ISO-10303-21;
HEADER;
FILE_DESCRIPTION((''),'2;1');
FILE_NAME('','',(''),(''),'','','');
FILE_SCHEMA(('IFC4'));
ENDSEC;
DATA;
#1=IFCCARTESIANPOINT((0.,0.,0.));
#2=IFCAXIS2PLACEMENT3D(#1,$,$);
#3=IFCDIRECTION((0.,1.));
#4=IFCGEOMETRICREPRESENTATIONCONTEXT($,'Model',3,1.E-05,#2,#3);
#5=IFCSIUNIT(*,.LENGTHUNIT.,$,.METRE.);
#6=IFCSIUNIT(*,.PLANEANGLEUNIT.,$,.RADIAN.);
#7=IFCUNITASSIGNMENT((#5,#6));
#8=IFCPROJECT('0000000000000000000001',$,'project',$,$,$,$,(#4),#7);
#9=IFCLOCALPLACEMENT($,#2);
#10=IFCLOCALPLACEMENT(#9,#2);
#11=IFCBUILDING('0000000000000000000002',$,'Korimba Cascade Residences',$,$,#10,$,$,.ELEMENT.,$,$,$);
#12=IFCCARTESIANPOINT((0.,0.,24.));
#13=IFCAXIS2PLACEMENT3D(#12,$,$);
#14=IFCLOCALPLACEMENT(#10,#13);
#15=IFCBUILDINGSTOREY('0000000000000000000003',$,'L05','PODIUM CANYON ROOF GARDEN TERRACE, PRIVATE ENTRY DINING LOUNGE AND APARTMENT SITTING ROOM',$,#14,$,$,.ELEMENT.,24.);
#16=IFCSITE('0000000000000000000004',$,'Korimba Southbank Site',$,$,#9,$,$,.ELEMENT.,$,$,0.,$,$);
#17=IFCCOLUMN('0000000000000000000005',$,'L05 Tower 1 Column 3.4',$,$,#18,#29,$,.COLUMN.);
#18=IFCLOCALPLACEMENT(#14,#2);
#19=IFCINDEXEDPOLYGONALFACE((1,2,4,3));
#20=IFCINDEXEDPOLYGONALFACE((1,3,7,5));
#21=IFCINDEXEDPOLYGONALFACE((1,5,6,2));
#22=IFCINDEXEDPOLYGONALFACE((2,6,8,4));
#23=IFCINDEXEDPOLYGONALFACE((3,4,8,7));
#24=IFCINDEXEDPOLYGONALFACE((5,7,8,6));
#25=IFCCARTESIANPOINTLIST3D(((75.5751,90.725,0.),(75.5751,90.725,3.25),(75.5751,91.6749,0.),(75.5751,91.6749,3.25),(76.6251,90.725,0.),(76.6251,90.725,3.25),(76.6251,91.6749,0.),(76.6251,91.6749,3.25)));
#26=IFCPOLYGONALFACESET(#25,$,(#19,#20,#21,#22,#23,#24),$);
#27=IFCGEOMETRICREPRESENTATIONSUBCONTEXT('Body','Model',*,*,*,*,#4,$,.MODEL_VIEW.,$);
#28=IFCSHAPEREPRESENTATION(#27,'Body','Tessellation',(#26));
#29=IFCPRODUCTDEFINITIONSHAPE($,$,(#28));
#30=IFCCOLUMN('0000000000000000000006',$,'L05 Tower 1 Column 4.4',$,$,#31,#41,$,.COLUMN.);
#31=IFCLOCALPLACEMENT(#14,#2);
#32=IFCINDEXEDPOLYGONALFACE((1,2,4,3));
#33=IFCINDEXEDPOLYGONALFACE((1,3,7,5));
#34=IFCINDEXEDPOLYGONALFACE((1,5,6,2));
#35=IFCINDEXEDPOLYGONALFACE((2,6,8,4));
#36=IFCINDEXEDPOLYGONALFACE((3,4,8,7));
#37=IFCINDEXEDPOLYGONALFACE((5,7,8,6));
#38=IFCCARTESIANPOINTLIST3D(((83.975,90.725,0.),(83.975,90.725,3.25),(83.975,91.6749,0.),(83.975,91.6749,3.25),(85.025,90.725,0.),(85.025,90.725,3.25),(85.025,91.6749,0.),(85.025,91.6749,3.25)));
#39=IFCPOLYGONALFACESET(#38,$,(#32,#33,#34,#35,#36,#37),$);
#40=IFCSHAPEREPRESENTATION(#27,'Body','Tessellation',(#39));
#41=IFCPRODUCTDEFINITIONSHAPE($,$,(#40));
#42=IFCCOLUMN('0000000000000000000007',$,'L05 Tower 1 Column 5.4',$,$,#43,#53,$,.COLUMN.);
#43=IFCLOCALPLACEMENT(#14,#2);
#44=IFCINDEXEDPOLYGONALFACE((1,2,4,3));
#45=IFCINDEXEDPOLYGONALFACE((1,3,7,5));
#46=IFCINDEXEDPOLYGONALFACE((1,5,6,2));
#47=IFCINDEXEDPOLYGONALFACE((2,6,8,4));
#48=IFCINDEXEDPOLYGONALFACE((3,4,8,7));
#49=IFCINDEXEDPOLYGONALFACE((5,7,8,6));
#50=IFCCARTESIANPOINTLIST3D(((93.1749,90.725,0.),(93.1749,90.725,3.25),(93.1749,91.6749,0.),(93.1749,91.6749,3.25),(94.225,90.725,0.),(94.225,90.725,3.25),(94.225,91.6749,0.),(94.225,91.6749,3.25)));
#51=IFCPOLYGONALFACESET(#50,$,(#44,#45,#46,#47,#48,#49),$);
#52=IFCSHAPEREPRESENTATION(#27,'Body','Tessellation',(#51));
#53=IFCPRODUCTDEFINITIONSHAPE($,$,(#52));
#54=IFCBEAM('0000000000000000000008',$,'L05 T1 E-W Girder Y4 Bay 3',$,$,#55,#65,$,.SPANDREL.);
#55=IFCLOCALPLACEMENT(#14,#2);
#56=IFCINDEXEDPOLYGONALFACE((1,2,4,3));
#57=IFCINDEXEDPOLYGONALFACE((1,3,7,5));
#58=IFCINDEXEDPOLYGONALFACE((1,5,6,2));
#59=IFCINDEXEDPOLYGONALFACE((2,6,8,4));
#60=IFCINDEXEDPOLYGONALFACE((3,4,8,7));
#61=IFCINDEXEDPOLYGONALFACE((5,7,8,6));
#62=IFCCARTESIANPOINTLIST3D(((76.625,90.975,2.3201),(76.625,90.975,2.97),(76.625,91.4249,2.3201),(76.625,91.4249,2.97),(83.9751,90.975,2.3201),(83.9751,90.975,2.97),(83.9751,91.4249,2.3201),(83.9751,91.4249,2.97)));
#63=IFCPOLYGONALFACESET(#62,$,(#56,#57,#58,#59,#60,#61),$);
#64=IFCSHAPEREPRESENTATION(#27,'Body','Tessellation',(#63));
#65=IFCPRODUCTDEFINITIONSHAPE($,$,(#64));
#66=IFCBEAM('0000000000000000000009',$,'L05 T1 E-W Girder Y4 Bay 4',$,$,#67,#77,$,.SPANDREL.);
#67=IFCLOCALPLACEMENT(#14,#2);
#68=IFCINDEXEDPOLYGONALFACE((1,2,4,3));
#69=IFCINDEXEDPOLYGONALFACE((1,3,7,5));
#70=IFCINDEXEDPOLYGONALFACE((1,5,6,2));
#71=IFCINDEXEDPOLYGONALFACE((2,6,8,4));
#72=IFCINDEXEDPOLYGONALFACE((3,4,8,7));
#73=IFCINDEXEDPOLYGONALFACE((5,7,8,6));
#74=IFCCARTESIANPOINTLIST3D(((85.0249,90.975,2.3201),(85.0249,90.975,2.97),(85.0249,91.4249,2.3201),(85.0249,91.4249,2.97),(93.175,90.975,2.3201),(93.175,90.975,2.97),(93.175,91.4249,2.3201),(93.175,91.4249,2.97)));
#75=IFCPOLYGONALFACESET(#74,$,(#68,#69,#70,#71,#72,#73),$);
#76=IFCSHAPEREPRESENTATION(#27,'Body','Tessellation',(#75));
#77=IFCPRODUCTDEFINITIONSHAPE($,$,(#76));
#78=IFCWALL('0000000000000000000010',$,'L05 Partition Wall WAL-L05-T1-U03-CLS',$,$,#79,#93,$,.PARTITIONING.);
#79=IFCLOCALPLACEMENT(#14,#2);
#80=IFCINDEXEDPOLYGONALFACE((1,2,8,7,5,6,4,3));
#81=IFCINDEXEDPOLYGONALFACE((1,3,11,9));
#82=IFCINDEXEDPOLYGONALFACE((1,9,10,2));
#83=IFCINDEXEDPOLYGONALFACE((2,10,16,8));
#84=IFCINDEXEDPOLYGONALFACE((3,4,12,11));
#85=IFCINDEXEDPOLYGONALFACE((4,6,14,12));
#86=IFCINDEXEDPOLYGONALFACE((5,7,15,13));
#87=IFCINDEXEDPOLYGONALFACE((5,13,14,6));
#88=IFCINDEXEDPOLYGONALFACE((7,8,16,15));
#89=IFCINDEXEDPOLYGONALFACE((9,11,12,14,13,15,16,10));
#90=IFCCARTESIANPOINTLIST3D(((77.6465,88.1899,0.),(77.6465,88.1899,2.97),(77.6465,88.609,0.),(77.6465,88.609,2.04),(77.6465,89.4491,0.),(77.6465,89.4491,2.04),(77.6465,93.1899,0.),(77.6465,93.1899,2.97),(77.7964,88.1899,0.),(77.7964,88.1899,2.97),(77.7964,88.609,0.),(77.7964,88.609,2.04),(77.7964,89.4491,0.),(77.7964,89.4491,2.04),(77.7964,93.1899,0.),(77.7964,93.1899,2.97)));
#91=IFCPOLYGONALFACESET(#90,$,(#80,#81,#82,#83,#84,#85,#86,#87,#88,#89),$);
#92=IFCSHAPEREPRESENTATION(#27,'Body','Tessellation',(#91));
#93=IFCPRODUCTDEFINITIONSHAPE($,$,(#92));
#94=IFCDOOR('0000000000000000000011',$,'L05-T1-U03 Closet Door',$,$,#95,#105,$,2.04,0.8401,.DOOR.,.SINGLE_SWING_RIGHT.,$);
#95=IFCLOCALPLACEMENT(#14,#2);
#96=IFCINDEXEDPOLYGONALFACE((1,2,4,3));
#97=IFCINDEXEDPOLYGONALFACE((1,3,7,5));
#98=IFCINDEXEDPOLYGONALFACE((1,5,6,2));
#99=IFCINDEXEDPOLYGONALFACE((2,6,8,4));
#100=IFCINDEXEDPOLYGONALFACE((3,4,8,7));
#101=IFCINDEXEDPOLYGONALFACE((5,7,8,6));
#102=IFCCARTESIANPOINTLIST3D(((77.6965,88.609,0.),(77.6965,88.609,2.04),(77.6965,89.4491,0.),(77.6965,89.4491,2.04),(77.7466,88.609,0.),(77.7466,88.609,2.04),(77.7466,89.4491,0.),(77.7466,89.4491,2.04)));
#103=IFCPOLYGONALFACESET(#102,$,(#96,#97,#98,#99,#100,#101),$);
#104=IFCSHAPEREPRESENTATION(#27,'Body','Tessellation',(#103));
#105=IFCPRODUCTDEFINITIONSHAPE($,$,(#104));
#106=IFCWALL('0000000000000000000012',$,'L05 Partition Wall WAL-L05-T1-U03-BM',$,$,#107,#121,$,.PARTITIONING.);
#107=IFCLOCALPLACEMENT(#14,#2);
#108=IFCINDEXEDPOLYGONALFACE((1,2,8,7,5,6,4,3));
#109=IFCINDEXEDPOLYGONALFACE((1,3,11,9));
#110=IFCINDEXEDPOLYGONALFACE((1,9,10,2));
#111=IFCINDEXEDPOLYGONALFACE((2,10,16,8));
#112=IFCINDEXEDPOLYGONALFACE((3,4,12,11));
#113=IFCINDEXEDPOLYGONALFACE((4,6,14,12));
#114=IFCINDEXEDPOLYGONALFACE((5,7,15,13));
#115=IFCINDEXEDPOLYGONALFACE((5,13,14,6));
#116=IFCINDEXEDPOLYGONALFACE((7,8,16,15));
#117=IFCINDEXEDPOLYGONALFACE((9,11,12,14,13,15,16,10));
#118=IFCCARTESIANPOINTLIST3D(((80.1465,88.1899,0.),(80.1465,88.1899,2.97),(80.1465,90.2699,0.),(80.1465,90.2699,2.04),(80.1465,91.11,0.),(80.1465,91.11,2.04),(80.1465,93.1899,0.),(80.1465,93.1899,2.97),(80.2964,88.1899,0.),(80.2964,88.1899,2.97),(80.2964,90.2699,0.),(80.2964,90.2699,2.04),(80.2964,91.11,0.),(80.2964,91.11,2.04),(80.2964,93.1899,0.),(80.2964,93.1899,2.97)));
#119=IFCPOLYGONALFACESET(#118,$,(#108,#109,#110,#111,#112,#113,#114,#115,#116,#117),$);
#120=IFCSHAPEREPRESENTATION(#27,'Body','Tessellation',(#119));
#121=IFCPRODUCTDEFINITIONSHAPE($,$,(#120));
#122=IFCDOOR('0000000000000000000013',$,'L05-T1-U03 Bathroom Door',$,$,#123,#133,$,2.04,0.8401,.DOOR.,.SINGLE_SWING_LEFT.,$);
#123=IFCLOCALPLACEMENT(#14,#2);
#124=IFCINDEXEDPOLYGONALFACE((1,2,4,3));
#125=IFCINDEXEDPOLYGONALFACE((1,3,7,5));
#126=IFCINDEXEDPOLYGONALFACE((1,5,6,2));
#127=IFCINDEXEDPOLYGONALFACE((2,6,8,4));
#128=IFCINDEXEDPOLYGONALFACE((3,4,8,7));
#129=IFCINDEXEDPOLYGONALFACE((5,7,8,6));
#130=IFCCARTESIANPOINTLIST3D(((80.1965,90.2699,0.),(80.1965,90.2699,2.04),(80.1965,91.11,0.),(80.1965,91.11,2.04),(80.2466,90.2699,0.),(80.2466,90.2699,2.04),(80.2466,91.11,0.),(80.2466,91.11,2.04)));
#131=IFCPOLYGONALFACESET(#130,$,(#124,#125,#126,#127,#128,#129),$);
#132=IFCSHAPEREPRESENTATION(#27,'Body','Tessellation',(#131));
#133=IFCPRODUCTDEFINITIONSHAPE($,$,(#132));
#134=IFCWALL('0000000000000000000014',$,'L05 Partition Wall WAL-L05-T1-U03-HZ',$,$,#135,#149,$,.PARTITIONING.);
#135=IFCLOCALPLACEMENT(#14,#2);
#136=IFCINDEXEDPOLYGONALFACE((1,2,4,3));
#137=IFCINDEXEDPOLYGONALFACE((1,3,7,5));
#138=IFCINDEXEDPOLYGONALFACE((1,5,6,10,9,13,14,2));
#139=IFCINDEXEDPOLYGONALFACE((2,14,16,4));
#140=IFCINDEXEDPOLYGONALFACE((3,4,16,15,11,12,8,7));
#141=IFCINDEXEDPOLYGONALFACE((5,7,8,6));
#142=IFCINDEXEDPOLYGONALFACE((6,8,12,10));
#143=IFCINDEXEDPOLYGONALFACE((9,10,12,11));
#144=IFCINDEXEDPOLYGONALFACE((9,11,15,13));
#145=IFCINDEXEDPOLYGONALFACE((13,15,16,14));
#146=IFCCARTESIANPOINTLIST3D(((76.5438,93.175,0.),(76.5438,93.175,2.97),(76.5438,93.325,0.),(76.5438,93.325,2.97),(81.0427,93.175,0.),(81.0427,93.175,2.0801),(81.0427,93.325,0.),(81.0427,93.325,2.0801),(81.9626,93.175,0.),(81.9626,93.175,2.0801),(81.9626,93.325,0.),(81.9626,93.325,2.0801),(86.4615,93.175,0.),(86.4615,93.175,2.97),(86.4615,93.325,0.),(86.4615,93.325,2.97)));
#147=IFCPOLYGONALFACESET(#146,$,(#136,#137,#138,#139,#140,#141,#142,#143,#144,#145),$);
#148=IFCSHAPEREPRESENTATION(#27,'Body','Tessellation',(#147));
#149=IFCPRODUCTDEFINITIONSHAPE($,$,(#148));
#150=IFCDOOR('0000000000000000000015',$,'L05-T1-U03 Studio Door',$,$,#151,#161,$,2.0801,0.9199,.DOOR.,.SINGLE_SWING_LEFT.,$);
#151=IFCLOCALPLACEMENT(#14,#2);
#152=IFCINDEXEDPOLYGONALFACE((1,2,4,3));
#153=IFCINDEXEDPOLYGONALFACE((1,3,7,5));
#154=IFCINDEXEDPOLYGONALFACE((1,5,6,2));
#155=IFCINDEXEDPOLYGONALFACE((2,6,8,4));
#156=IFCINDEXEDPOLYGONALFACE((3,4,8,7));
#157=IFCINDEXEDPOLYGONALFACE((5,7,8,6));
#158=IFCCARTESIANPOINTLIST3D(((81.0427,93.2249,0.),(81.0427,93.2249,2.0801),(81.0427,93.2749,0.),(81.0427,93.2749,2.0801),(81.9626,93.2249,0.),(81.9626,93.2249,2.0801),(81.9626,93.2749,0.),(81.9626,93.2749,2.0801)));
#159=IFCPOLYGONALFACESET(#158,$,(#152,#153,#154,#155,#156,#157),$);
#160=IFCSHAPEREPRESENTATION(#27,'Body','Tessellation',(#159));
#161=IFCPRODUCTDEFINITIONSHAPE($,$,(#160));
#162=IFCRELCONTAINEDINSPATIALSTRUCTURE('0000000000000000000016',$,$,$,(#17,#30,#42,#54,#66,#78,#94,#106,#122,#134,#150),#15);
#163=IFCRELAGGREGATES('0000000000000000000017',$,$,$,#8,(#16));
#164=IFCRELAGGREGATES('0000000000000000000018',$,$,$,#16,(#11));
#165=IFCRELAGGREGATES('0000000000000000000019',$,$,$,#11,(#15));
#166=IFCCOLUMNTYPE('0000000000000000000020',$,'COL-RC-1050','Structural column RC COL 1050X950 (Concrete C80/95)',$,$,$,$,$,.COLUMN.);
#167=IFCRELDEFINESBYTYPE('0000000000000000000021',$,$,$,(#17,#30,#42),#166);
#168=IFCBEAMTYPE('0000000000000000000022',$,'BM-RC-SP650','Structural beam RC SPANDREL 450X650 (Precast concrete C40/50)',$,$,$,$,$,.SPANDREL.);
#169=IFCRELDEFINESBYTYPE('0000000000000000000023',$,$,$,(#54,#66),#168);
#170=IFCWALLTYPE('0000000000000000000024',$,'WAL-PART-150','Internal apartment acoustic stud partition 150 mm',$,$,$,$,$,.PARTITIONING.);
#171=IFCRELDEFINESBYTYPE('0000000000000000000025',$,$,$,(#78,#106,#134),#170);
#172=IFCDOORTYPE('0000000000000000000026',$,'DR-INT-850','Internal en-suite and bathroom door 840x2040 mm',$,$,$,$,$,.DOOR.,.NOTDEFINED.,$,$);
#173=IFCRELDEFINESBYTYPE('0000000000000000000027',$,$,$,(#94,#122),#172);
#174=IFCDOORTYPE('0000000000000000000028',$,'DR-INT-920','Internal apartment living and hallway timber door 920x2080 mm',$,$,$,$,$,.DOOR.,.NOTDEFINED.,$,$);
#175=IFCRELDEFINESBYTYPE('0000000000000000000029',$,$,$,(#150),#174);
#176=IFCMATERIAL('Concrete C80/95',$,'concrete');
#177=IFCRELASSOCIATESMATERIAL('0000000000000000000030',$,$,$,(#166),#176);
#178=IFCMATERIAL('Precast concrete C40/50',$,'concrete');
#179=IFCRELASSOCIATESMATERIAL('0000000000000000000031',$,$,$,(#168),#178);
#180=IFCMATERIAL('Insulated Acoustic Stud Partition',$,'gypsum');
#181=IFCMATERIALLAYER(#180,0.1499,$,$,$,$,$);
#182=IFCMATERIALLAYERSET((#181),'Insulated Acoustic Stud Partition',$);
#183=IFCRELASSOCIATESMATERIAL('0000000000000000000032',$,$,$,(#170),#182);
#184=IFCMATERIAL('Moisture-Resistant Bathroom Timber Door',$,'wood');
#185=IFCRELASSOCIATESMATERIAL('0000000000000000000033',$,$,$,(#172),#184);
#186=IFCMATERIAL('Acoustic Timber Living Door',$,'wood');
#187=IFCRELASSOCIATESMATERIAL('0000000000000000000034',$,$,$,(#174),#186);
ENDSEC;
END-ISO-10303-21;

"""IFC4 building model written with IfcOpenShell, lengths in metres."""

from ifc_helpers import new_model, si_unit, direction, frame, frame_2d, origin, origin_2d, place, context, subcontext, project, spatial, rectangle, extrude, material, layer, layer_set, material_profile, profile_set, type_object, element, fill, save


model = new_model("IFC4")

# Units and contexts
model_context = context("Model", 3, precision=1e-05, world=origin(), true_north=direction((0.0, 1.0)))
body_context = subcontext(model_context, "Body", "Model", "MODEL_VIEW")
ifc_project = project(units=[si_unit("LENGTHUNIT", "METRE"), si_unit("PLANEANGLEUNIT", "RADIAN")], contexts=[model_context])

# Site, building, storey
site_placement = place(None, origin())
site = spatial("IfcSite", under=ifc_project, at=site_placement, Name="Korimba Southbank Site", CompositionType="ELEMENT", RefElevation=0.0)
building_placement = place(site_placement, origin())
building = spatial("IfcBuilding", under=site, at=building_placement, Name="Korimba Cascade Residences", CompositionType="ELEMENT")
storey_placement = place(building_placement, frame((0.0, 0.0, 24.0)))
storey = spatial("IfcBuildingStorey", under=building, at=storey_placement, Name="L05", Description="PODIUM CANYON ROOF GARDEN TERRACE, PRIVATE ENTRY DINING LOUNGE AND APARTMENT SITTING ROOM", CompositionType="ELEMENT", Elevation=24.0)

# Columns
ifc_material_1 = material(Name="Concrete C80/95", Category="concrete")
ifc_material_profile_1 = material_profile(ifc_material_1, rectangle(XDim=1.05, YDim=0.95, at=origin_2d()), Name="Concrete C80/95")
ifc_profile_set_1 = profile_set([ifc_material_profile_1], Name="Concrete C80/95")
column_type = type_object("IfcColumnType", Name="COL-RC-1050", Description="Structural column RC COL 1050X950 (Concrete C80/95)", PredefinedType="COLUMN", material=ifc_profile_set_1)
for number, where, z_axis, x_axis, name in (
    (1, (76.1001, 91.2, 0.0), (0.0, 0.0, 1.0), (1.0, 0.0, 0.0), "L05 Tower 1 Column 3.4"),
    (2, (84.5, 91.2, 0.0), (0.0, 0.0, 1.0), (1.0, 0.0, 0.0), "L05 Tower 1 Column 4.4"),
    (3, (93.7, 91.2, 0.0), (0.0, 0.0, 1.0), (1.0, 0.0, 0.0), "L05 Tower 1 Column 5.4"),
):
    element("IfcColumn", number, at=place(storey_placement, frame(where, z_axis=z_axis, x_axis=x_axis)), inside=storey, type_object=column_type, Name=name, PredefinedType="COLUMN", context=body_context, shape_type="SweptSolid", body=[
        extrude(rectangle(XDim=1.05, YDim=0.95, at=origin_2d()), origin(), (0.0, 0.0, 1.0), 3.25),
    ])

# Beams
ifc_material_2 = material(Name="Precast concrete C40/50", Category="concrete")
ifc_material_profile_2 = material_profile(ifc_material_2, rectangle(XDim=0.45, YDim=0.6499, at=origin_2d()), Name="Precast concrete C40/50")
ifc_profile_set_2 = profile_set([ifc_material_profile_2], Name="Precast concrete C40/50")
beam_type = type_object("IfcBeamType", Name="BM-RC-SP650", Description="Structural beam RC SPANDREL 450X650 (Precast concrete C40/50)", PredefinedType="SPANDREL", material=ifc_profile_set_2)
beam_1_placement = place(storey_placement, frame((76.625, 91.2, 2.645), z_axis=(1.0, 0.0, 0.0), x_axis=(0.0, 1.0, 0.0)))
element("IfcBeam", 4, at=beam_1_placement, inside=storey, type_object=beam_type, Name="L05 T1 E-W Girder Y4 Bay 3", PredefinedType="SPANDREL", context=body_context, shape_type="SweptSolid", body=[
    extrude(rectangle(XDim=0.45, YDim=0.6499, at=origin_2d()), origin(), (0.0, 0.0, 1.0), 7.3501),
])
beam_2_placement = place(storey_placement, frame((85.0249, 91.2, 2.645), z_axis=(1.0, 0.0, 0.0), x_axis=(0.0, 1.0, 0.0)))
element("IfcBeam", 5, at=beam_2_placement, inside=storey, type_object=beam_type, Name="L05 T1 E-W Girder Y4 Bay 4", PredefinedType="SPANDREL", context=body_context, shape_type="SweptSolid", body=[
    extrude(rectangle(XDim=0.45, YDim=0.6499, at=origin_2d()), origin(), (0.0, 0.0, 1.0), 8.1501),
])

# Walls, openings, doors
ifc_material_3 = material(Name="Insulated Acoustic Stud Partition", Category="gypsum")
ifc_layer = layer(ifc_material_3, 0.1499)
ifc_layer_set = layer_set([ifc_layer], Name="Insulated Acoustic Stud Partition")
wall_type = type_object("IfcWallType", Name="WAL-PART-150", Description="Internal apartment acoustic stud partition 150 mm", PredefinedType="PARTITIONING", material=ifc_layer_set)
wall_1_placement = place(storey_placement, frame((77.7214, 88.1899, 0.0), z_axis=(0.0, 0.0, 1.0), x_axis=(0.0, 1.0, 0.0)))
wall_1 = element("IfcWall", 6, at=wall_1_placement, inside=storey, type_object=wall_type, Name="L05 Partition Wall WAL-L05-T1-U03-CLS", PredefinedType="PARTITIONING", context=body_context, shape_type="SweptSolid", body=[
    extrude(rectangle(XDim=5.0, YDim=0.1499, at=frame_2d((2.5, 0.0))), origin(), (0.0, 0.0, 1.0), 2.97),
])
opening_1_placement = place(wall_1_placement, frame((0.4192, 0.0, 0.0)))
opening_1 = element("IfcOpeningElement", 7, at=opening_1_placement, cuts=wall_1, PredefinedType="OPENING", context=body_context, shape_type="SweptSolid", body=[
    extrude(rectangle(XDim=0.8401, YDim=2.04, at=frame_2d((0.4199, 1.02))), frame((0.0, 0.085, 0.0), z_axis=(0.0, -1.0, 0.0), x_axis=(1.0, 0.0, 0.0)), (0.0, 0.0, 1.0), 0.1699),
])
ifc_material_4 = material(Name="Moisture-Resistant Bathroom Timber Door", Category="wood")
door_type_1 = type_object("IfcDoorType", Name="DR-INT-850", Description="Internal en-suite and bathroom door 840x2040 mm", OperationType="NOTDEFINED", PredefinedType="DOOR", material=ifc_material_4)
door_1_placement = place(opening_1_placement, origin())
door_1 = element("IfcDoor", 8, at=door_1_placement, inside=storey, type_object=door_type_1, Name="L05-T1-U03 Closet Door", OperationType="SINGLE_SWING_RIGHT", OverallHeight=2.04, OverallWidth=0.8401, PredefinedType="DOOR", context=body_context, shape_type="SweptSolid", body=[
    extrude(rectangle(XDim=0.8401, YDim=2.04, at=frame_2d((0.4199, 1.02))), frame((0.0, 0.0249, 0.0), z_axis=(0.0, -1.0, 0.0), x_axis=(1.0, 0.0, 0.0)), (0.0, 0.0, 1.0), 0.05),
])
fill(opening_1, door_1)
wall_2_placement = place(storey_placement, frame((80.2214, 88.1899, 0.0), z_axis=(0.0, 0.0, 1.0), x_axis=(0.0, 1.0, 0.0)))
wall_2 = element("IfcWall", 9, at=wall_2_placement, inside=storey, type_object=wall_type, Name="L05 Partition Wall WAL-L05-T1-U03-BM", PredefinedType="PARTITIONING", context=body_context, shape_type="SweptSolid", body=[
    extrude(rectangle(XDim=5.0, YDim=0.1499, at=frame_2d((2.5, 0.0))), origin(), (0.0, 0.0, 1.0), 2.97),
])
opening_2_placement = place(wall_2_placement, frame((2.0801, 0.0, 0.0)))
opening_2 = element("IfcOpeningElement", 10, at=opening_2_placement, cuts=wall_2, PredefinedType="OPENING", context=body_context, shape_type="SweptSolid", body=[
    extrude(rectangle(XDim=0.8401, YDim=2.04, at=frame_2d((0.4199, 1.02))), frame((0.0, 0.085, 0.0), z_axis=(0.0, -1.0, 0.0), x_axis=(1.0, 0.0, 0.0)), (0.0, 0.0, 1.0), 0.1699),
])
door_2_placement = place(opening_2_placement, origin())
door_2 = element("IfcDoor", 11, at=door_2_placement, inside=storey, type_object=door_type_1, Name="L05-T1-U03 Bathroom Door", OperationType="SINGLE_SWING_LEFT", OverallHeight=2.04, OverallWidth=0.8401, PredefinedType="DOOR", context=body_context, shape_type="SweptSolid", body=[
    extrude(rectangle(XDim=0.8401, YDim=2.04, at=frame_2d((0.4199, 1.02))), frame((0.0, 0.0249, 0.0), z_axis=(0.0, -1.0, 0.0), x_axis=(1.0, 0.0, 0.0)), (0.0, 0.0, 1.0), 0.05),
])
fill(opening_2, door_2)
wall_3_placement = place(storey_placement, frame((76.5437, 93.25, 0.0), z_axis=(0.0, 0.0, 1.0), x_axis=(1.0, 0.0, 0.0)))
wall_3 = element("IfcWall", 12, at=wall_3_placement, inside=storey, type_object=wall_type, Name="L05 Partition Wall WAL-L05-T1-U03-HZ", PredefinedType="PARTITIONING", context=body_context, shape_type="SweptSolid", body=[
    extrude(rectangle(XDim=9.9177, YDim=0.1499, at=frame_2d((4.959, 0.0))), origin(), (0.0, 0.0, 1.0), 2.97),
])
opening_3_placement = place(wall_3_placement, frame((4.499, 0.0, 0.0)))
opening_3 = element("IfcOpeningElement", 13, at=opening_3_placement, cuts=wall_3, PredefinedType="OPENING", context=body_context, shape_type="SweptSolid", body=[
    extrude(rectangle(XDim=0.9199, YDim=2.0801, at=frame_2d((0.46, 1.04))), frame((0.0, 0.085, 0.0), z_axis=(0.0, -1.0, 0.0), x_axis=(1.0, 0.0, 0.0)), (0.0, 0.0, 1.0), 0.1699),
])
ifc_material_5 = material(Name="Acoustic Timber Living Door", Category="wood")
door_type_2 = type_object("IfcDoorType", Name="DR-INT-920", Description="Internal apartment living and hallway timber door 920x2080 mm", OperationType="NOTDEFINED", PredefinedType="DOOR", material=ifc_material_5)
door_3_placement = place(opening_3_placement, origin())
door_3 = element("IfcDoor", 14, at=door_3_placement, inside=storey, type_object=door_type_2, Name="L05-T1-U03 Studio Door", OperationType="SINGLE_SWING_LEFT", OverallHeight=2.0801, OverallWidth=0.9199, PredefinedType="DOOR", context=body_context, shape_type="SweptSolid", body=[
    extrude(rectangle(XDim=0.9199, YDim=2.0801, at=frame_2d((0.46, 1.04))), frame((0.0, 0.0249, 0.0), z_axis=(0.0, -1.0, 0.0), x_axis=(1.0, 0.0, 0.0)), (0.0, 0.0, 1.0), 0.05),
])
fill(opening_3, door_3)

save(model, "model.ifc")
